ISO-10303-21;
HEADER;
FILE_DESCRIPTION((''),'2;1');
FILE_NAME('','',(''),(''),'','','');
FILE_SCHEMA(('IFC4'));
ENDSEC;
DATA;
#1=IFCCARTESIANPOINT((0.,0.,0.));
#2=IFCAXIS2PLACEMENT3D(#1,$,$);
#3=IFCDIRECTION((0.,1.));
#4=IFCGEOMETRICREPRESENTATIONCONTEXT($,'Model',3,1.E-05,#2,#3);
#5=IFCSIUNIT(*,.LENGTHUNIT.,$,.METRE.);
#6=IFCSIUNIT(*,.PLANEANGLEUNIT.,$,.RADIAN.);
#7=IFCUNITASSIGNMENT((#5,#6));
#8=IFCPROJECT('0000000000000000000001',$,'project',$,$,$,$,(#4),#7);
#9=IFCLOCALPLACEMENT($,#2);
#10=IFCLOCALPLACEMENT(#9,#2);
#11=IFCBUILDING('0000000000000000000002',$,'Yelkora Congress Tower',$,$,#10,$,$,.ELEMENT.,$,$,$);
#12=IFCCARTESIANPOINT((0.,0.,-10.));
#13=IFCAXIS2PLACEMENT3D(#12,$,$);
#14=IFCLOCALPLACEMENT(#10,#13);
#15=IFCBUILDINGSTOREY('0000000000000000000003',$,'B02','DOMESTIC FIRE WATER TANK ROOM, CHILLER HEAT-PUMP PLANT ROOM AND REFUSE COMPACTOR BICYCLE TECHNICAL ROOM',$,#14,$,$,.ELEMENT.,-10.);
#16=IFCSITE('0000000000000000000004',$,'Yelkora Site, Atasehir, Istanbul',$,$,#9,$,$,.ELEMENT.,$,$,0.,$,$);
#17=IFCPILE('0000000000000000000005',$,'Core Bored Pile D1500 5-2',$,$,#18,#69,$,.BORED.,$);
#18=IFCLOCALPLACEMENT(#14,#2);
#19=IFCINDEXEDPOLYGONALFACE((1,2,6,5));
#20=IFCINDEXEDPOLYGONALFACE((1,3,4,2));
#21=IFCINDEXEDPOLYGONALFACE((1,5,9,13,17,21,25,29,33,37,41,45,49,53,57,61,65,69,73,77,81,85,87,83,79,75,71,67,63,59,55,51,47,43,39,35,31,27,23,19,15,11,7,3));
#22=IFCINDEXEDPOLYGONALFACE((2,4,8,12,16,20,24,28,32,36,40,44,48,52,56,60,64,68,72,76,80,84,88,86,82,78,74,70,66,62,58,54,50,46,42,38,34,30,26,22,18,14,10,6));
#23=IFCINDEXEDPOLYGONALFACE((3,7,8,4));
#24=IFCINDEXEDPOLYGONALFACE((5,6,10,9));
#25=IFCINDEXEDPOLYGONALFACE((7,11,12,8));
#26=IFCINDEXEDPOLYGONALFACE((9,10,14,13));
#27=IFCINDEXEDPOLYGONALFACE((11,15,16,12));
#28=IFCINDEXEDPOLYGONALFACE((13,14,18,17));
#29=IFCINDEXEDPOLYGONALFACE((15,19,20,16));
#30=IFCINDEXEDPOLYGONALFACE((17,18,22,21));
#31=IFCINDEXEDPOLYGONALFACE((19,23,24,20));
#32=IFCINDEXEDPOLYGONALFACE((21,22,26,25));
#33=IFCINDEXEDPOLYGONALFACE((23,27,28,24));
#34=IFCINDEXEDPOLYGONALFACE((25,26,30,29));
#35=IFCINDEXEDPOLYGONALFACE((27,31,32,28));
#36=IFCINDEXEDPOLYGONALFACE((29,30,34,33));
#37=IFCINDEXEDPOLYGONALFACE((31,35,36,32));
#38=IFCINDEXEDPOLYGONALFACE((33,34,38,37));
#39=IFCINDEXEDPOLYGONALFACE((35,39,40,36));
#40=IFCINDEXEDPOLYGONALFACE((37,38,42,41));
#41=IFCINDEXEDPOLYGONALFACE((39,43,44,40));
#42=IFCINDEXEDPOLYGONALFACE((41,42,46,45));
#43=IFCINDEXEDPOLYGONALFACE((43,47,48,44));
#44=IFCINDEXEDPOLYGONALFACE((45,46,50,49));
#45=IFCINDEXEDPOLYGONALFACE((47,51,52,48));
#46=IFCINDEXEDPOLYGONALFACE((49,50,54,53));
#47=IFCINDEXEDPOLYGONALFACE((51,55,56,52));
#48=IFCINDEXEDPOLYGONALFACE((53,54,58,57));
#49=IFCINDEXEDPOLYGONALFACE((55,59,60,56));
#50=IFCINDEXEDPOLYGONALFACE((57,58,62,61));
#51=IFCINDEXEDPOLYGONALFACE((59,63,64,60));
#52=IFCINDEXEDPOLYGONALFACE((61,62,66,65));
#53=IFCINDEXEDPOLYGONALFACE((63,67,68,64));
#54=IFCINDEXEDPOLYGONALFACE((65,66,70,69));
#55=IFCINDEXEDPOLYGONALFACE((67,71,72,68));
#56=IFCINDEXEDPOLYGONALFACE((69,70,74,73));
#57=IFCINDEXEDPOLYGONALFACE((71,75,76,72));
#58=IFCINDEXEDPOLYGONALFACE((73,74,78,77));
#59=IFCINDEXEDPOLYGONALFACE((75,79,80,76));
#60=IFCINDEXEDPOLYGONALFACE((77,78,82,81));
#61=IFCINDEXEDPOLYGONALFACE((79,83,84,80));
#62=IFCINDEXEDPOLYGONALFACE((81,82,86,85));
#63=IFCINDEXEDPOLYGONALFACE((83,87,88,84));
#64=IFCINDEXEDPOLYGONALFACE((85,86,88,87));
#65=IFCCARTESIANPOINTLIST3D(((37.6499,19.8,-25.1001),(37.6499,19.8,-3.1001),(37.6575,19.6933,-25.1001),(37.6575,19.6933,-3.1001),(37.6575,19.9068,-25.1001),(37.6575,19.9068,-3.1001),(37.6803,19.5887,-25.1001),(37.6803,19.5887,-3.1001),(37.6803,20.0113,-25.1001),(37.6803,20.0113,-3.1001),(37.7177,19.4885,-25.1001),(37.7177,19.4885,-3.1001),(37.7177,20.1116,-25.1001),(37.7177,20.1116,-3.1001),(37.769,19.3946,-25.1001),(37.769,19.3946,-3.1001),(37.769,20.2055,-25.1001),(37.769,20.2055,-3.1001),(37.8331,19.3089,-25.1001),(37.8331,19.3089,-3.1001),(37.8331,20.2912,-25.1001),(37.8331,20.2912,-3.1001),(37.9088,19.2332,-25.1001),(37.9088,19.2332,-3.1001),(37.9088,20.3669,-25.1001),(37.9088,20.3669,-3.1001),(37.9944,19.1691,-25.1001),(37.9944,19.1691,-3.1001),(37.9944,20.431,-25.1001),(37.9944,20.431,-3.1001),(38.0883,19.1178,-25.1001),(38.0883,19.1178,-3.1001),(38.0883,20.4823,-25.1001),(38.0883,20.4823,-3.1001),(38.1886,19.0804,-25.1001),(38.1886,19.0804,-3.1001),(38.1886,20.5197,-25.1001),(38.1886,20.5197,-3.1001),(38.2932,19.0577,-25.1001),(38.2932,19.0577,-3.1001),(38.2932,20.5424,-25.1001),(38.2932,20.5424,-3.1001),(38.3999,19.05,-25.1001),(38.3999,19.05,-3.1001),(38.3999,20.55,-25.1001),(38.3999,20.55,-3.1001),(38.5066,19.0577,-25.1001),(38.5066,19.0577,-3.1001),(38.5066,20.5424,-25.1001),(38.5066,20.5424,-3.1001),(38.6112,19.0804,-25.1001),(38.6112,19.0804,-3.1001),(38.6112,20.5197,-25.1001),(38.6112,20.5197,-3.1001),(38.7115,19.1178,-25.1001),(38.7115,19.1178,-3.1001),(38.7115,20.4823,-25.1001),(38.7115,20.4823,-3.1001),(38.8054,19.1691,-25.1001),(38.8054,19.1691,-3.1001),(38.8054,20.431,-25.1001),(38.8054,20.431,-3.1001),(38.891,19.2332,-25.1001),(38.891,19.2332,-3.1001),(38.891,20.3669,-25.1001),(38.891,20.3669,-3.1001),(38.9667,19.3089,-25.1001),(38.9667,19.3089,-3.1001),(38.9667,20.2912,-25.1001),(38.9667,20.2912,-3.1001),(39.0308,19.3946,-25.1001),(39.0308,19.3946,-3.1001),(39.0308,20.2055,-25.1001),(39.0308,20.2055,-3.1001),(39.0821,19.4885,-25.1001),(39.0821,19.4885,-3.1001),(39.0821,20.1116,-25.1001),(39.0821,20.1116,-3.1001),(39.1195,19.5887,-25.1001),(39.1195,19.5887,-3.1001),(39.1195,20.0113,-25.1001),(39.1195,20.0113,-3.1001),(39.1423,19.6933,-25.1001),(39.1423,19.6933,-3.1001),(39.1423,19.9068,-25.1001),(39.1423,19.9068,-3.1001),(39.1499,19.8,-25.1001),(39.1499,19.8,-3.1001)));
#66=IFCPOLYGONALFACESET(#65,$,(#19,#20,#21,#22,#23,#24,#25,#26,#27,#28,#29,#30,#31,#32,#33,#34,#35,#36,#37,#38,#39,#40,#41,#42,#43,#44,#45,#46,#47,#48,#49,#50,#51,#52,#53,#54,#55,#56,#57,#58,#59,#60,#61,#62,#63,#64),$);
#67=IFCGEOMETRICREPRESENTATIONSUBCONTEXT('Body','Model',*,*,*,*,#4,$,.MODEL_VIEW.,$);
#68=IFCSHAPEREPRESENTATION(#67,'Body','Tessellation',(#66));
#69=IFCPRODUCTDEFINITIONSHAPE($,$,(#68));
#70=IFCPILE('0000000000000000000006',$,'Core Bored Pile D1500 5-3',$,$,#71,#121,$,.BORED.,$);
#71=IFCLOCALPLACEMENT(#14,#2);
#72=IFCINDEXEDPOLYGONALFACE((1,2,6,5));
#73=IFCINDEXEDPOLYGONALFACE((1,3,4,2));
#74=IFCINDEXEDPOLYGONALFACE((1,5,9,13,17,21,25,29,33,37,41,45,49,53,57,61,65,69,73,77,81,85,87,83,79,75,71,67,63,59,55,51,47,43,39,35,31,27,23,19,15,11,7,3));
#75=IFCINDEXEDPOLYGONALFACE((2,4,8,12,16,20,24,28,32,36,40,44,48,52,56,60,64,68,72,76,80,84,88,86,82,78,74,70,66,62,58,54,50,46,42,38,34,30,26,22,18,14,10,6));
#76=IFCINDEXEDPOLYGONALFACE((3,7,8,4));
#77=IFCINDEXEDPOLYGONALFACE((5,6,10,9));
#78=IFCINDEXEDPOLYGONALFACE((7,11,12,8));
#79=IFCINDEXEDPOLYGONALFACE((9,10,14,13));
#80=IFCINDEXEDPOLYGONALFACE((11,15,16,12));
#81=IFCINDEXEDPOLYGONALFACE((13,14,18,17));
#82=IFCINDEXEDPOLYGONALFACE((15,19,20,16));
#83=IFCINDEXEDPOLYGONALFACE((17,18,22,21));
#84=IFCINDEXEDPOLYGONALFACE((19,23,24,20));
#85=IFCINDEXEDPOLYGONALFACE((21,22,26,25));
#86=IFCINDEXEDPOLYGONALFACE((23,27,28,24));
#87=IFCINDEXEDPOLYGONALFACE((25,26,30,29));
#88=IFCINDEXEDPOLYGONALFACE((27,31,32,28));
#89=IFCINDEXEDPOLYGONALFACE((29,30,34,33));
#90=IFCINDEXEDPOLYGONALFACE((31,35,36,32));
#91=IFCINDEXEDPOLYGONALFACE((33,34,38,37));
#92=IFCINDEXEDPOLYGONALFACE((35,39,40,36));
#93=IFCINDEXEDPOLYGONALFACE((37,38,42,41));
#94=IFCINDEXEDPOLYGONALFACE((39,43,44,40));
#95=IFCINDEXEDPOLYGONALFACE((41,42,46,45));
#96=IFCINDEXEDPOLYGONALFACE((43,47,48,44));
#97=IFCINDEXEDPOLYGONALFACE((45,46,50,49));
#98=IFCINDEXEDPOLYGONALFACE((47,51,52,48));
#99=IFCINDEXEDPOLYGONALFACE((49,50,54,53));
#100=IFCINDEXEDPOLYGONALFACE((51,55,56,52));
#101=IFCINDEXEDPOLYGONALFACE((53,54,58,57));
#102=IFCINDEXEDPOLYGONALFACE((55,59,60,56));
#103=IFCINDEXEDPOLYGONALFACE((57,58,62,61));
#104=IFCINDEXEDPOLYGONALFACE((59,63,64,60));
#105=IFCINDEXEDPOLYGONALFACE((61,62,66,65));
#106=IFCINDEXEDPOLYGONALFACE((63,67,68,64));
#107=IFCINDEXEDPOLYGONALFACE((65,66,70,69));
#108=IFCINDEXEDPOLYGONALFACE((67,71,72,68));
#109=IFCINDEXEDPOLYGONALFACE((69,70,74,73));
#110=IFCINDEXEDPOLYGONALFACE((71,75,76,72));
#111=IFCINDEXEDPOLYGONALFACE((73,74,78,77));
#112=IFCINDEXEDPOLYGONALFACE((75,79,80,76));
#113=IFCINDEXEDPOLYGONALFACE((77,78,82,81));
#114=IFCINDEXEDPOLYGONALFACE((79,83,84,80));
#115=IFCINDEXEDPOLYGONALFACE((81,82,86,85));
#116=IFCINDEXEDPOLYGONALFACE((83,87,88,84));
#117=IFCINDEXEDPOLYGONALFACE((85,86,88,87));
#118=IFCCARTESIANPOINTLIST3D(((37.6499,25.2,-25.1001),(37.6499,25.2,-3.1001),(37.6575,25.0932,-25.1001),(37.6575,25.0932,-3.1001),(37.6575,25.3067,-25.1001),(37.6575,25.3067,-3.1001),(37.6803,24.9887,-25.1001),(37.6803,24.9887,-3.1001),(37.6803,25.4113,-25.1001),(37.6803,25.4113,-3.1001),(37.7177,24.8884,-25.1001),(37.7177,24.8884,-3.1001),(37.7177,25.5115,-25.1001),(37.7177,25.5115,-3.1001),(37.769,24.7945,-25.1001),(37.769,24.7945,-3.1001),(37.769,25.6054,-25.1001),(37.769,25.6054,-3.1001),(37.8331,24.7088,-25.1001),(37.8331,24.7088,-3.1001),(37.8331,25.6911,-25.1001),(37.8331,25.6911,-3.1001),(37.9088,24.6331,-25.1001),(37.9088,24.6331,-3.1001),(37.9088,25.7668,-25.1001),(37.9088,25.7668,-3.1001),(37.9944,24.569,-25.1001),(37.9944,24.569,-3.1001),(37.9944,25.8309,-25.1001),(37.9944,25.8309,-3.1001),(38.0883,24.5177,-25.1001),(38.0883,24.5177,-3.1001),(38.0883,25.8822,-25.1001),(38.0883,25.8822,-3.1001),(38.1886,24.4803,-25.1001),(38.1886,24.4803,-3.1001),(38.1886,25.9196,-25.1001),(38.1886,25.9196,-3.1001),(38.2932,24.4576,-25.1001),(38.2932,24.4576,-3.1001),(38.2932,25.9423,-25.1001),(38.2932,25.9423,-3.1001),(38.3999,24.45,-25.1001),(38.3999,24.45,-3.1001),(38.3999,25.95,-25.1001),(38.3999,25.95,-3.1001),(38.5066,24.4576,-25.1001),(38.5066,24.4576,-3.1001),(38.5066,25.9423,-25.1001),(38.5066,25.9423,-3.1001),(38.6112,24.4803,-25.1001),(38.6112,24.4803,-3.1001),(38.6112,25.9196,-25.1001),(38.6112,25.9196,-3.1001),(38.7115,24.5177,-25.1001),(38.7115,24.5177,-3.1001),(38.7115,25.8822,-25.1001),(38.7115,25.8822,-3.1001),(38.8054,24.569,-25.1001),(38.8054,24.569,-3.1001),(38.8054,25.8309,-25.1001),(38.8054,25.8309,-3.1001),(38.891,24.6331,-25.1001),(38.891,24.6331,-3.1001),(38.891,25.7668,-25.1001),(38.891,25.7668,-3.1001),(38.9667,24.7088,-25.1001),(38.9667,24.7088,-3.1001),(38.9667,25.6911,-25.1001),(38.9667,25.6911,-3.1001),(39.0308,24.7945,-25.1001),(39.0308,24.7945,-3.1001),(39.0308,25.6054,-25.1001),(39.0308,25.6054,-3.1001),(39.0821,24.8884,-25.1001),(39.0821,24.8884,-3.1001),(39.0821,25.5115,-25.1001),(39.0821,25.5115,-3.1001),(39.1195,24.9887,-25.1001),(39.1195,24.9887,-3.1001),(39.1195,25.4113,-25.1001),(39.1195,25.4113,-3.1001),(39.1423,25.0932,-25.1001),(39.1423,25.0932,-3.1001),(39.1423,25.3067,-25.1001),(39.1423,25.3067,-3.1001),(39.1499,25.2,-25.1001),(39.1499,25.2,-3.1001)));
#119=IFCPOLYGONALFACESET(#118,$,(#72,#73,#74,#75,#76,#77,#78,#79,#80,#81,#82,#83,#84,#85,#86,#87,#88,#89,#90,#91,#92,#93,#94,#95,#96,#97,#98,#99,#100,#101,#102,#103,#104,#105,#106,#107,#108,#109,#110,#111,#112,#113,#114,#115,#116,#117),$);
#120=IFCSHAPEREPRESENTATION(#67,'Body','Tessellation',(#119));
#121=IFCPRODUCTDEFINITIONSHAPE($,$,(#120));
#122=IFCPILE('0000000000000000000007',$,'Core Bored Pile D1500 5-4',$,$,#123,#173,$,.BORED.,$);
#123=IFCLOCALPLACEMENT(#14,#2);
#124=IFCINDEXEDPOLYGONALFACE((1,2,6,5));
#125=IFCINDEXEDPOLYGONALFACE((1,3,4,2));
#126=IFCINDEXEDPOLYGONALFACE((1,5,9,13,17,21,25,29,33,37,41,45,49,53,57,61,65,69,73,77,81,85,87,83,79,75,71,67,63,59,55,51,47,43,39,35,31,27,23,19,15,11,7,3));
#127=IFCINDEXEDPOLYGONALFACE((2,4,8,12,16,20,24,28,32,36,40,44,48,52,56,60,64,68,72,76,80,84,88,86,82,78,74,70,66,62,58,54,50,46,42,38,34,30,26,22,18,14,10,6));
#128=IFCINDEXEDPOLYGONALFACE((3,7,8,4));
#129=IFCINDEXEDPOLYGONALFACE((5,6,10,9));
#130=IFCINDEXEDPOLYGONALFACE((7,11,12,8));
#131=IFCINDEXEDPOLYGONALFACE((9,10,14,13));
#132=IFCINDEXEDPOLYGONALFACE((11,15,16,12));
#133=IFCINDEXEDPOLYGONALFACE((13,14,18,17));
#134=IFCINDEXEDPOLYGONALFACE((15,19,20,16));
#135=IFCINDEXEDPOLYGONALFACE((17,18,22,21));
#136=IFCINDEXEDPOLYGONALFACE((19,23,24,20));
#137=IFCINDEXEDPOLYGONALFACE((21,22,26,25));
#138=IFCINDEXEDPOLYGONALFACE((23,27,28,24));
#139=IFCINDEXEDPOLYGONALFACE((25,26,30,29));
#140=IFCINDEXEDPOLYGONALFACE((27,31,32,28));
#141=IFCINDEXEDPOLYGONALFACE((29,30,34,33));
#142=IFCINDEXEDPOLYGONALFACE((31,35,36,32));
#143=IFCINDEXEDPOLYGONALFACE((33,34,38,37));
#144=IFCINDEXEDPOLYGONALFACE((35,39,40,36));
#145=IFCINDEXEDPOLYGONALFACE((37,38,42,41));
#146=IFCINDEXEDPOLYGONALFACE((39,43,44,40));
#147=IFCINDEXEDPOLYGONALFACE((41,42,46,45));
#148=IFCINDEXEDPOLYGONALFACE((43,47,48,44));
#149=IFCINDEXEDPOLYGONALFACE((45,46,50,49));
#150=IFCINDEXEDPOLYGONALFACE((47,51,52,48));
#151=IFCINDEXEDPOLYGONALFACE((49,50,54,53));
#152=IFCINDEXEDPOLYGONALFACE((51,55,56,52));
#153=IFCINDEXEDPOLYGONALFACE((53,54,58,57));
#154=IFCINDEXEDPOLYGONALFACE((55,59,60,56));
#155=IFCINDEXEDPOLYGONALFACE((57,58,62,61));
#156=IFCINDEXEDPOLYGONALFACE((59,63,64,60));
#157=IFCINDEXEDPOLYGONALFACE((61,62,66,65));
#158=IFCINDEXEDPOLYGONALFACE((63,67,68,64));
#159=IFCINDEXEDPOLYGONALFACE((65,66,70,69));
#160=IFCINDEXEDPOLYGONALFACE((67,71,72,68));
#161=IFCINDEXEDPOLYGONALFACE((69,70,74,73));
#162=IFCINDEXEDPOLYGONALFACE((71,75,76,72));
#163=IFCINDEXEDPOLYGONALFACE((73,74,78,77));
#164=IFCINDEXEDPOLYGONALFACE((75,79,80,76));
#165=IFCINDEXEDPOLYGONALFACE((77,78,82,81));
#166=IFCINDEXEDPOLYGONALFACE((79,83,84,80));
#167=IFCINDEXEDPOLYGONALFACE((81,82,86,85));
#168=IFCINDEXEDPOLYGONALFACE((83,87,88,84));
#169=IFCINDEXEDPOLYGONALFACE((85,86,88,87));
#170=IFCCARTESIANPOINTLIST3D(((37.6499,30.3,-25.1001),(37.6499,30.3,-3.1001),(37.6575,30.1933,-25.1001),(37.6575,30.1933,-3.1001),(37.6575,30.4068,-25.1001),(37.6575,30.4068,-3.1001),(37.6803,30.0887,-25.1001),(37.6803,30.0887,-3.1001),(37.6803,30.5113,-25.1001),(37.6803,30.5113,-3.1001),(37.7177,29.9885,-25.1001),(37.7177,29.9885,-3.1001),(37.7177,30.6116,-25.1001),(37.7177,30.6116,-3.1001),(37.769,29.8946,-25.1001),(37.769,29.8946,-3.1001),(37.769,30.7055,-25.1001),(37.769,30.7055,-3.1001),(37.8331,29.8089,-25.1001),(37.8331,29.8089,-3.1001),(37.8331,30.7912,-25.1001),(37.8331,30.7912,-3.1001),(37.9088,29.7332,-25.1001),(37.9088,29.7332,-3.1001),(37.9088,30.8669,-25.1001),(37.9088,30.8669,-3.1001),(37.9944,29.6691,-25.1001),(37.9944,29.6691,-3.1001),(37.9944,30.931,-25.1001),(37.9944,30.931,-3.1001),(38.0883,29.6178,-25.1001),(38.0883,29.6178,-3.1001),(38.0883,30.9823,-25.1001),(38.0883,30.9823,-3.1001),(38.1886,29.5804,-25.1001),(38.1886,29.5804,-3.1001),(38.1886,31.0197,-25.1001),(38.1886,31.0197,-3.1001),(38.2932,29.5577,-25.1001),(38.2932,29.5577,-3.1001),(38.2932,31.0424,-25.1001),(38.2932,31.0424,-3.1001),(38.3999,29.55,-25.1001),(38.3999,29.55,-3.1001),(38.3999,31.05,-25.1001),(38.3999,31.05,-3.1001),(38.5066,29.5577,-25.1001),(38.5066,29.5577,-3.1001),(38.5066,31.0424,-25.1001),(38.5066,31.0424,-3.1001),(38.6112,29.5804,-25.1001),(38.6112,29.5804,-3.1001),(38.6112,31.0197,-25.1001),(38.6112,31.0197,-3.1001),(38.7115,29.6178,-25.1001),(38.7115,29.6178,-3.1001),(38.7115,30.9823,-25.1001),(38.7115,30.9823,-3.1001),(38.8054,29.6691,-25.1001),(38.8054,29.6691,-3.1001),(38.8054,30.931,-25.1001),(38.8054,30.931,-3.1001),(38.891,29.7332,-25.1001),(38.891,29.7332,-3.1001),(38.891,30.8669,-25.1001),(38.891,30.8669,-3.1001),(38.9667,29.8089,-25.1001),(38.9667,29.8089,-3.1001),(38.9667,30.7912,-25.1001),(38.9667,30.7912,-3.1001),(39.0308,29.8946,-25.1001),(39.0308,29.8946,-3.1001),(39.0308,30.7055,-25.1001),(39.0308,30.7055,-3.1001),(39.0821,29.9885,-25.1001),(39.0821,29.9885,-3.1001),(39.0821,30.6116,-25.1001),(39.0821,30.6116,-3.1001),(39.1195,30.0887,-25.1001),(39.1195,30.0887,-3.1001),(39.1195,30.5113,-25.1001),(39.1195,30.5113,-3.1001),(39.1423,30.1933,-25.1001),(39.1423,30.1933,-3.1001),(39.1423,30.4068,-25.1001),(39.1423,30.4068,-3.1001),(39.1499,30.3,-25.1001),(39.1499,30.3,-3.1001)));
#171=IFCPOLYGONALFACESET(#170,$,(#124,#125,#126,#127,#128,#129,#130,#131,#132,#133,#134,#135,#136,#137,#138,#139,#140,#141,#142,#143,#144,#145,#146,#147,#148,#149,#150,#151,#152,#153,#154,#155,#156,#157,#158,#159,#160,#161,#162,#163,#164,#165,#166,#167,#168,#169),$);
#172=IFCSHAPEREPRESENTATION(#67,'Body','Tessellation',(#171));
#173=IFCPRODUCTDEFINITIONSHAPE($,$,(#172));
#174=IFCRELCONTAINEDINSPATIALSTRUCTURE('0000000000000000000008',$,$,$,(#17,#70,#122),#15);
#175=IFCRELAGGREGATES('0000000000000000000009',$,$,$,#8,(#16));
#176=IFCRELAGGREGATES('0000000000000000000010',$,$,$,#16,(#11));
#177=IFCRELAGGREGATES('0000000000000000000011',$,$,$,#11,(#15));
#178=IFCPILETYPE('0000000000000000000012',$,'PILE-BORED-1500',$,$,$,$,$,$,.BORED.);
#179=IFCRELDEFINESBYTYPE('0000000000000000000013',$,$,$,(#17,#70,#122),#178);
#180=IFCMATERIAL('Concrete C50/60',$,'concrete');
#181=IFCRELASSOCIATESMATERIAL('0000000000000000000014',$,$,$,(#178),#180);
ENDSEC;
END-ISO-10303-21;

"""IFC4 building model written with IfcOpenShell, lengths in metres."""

from ifc_helpers import new_model, si_unit, direction, frame, origin, origin_2d, place, context, subcontext, project, spatial, circle, extrude, material, material_profile, profile_set, type_object, element, save


model = new_model("IFC4")

# Units and contexts
model_context = context("Model", 3, precision=1e-05, world=origin(), true_north=direction((0.0, 1.0)))
body_context = subcontext(model_context, "Body", "Model", "MODEL_VIEW")
ifc_project = project(units=[si_unit("LENGTHUNIT", "METRE"), si_unit("PLANEANGLEUNIT", "RADIAN")], contexts=[model_context])

# Site, building, storey
site_placement = place(None, origin())
site = spatial("IfcSite", under=ifc_project, at=site_placement, Name="Yelkora Site, Atasehir, Istanbul", CompositionType="ELEMENT", RefElevation=0.0)
building_placement = place(site_placement, origin())
building = spatial("IfcBuilding", under=site, at=building_placement, Name="Yelkora Congress Tower", CompositionType="ELEMENT")
storey_placement = place(building_placement, frame((0.0, 0.0, -10.0)))
storey = spatial("IfcBuildingStorey", under=building, at=storey_placement, Name="B02", Description="DOMESTIC FIRE WATER TANK ROOM, CHILLER HEAT-PUMP PLANT ROOM AND REFUSE COMPACTOR BICYCLE TECHNICAL ROOM", CompositionType="ELEMENT", Elevation=-10.0)

# Piles
ifc_material_1 = material(Name="Concrete C50/60", Category="concrete")
ifc_material_profile_1 = material_profile(ifc_material_1, circle(Radius=0.75, at=origin_2d()), Name="PILE D1500")
ifc_profile_set_1 = profile_set([ifc_material_profile_1], Name="Concrete C50/60")
pile_type = type_object("IfcPileType", Name="PILE-BORED-1500", PredefinedType="BORED", material=ifc_profile_set_1)
for number, where, z_axis, x_axis, name in (
    (1, (38.3999, 19.8, -3.1001), (0.0, 0.0, -1.0), (1.0, 0.0, 0.0), "Core Bored Pile D1500 5-2"),
    (2, (38.3999, 25.2, -3.1001), (0.0, 0.0, -1.0), (1.0, 0.0, 0.0), "Core Bored Pile D1500 5-3"),
    (3, (38.3999, 30.3, -3.1001), (0.0, 0.0, -1.0), (1.0, 0.0, 0.0), "Core Bored Pile D1500 5-4"),
):
    element("IfcPile", number, at=place(storey_placement, frame(where, z_axis=z_axis, x_axis=x_axis)), inside=storey, type_object=pile_type, Name=name, PredefinedType="BORED", context=body_context, shape_type="SweptSolid", body=[
        extrude(circle(Radius=0.75, at=origin_2d()), origin(), (0.0, 0.0, 1.0), 22.0),
    ])

save(model, "model.ifc")
